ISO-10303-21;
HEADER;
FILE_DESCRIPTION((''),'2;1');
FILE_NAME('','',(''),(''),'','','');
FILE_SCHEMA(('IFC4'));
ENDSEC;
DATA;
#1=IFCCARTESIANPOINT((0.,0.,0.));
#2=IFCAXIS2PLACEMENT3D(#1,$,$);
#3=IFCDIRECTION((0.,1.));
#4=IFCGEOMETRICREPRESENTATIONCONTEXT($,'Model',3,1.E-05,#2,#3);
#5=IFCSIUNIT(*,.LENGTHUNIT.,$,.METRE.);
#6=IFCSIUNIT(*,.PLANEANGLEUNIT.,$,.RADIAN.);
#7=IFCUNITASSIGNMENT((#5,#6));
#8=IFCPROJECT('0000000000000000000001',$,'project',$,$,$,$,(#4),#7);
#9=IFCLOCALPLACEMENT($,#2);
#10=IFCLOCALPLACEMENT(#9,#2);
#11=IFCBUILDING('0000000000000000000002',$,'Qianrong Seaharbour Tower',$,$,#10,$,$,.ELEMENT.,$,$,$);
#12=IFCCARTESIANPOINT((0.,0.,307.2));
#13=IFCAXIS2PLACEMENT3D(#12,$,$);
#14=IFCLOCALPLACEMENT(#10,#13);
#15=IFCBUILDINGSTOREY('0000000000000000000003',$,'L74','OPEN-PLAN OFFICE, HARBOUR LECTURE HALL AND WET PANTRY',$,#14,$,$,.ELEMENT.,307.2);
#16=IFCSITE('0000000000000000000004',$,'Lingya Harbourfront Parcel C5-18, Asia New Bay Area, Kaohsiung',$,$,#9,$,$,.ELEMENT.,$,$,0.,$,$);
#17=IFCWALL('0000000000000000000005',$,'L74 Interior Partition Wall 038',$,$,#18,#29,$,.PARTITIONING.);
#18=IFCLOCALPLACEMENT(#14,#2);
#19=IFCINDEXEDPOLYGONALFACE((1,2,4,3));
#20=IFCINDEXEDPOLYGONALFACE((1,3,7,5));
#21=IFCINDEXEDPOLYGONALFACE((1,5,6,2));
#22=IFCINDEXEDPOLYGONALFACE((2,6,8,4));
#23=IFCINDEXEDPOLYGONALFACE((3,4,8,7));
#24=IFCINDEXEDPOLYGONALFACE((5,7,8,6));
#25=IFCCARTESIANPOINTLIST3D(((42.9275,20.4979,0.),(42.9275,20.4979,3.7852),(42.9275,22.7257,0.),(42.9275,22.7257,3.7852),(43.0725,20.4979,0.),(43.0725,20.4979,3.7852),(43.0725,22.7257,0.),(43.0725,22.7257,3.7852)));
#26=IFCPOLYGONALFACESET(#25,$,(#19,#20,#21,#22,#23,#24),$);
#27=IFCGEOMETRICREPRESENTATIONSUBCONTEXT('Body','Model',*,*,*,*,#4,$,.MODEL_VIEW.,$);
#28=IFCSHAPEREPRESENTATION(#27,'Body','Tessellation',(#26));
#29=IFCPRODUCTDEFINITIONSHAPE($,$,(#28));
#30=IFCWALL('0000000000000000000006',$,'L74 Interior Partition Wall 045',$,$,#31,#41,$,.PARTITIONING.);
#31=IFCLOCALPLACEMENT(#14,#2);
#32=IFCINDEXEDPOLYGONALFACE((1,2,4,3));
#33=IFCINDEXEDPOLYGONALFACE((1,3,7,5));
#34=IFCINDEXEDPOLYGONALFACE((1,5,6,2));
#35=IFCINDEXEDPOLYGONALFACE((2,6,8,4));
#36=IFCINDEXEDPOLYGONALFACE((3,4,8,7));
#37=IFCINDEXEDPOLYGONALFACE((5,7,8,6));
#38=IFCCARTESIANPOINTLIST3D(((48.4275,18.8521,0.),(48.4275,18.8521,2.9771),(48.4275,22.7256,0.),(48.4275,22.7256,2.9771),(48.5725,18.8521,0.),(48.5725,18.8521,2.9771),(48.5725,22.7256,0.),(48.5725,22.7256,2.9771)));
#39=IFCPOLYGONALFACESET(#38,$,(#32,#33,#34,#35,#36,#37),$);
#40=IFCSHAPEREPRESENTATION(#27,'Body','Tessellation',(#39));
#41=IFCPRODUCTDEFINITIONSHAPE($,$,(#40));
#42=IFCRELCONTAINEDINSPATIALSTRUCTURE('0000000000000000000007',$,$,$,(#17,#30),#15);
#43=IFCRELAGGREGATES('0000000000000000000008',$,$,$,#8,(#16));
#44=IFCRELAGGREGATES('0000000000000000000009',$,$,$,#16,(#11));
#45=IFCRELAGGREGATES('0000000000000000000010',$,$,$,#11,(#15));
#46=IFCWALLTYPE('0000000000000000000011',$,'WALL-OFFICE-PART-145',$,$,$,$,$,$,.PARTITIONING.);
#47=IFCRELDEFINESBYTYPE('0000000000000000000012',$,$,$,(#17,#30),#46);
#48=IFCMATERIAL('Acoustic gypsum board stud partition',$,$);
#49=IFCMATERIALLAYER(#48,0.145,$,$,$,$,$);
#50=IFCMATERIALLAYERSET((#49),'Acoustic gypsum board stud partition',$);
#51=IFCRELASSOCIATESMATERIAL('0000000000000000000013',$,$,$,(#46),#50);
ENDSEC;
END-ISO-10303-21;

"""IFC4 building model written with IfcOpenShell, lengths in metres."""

from ifc_helpers import new_model, si_unit, direction, frame, frame_2d, origin, place, context, subcontext, project, spatial, rectangle, extrude, material, layer, layer_set, type_object, element, save


model = new_model("IFC4")

# Units and contexts
model_context = context("Model", 3, precision=1e-05, world=origin(), true_north=direction((0.0, 1.0)))
body_context = subcontext(model_context, "Body", "Model", "MODEL_VIEW")
ifc_project = project(units=[si_unit("LENGTHUNIT", "METRE"), si_unit("PLANEANGLEUNIT", "RADIAN")], contexts=[model_context])

# Site, building, storey
site_placement = place(None, origin())
site = spatial("IfcSite", under=ifc_project, at=site_placement, Name="Lingya Harbourfront Parcel C5-18, Asia New Bay Area, Kaohsiung", CompositionType="ELEMENT", RefElevation=0.0)
building_placement = place(site_placement, origin())
building = spatial("IfcBuilding", under=site, at=building_placement, Name="Qianrong Seaharbour Tower", CompositionType="ELEMENT")
storey_placement = place(building_placement, frame((0.0, 0.0, 307.2)))
storey = spatial("IfcBuildingStorey", under=building, at=storey_placement, Name="L74", Description="OPEN-PLAN OFFICE, HARBOUR LECTURE HALL AND WET PANTRY", CompositionType="ELEMENT", Elevation=307.2)

# Walls
ifc_material_1 = material(Name="Acoustic gypsum board stud partition")
ifc_layer_1 = layer(ifc_material_1, 0.145)
ifc_layer_set_1 = layer_set([ifc_layer_1], Name="Acoustic gypsum board stud partition")
wall_type_1 = type_object("IfcWallType", Name="WALL-OFFICE-PART-145", PredefinedType="PARTITIONING", material=ifc_layer_set_1)
wall_1_placement = place(storey_placement, frame((43.0, 22.7256, 0.0), z_axis=(0.0, 0.0, 1.0), x_axis=(0.0, -1.0, 0.0)))
element("IfcWall", 1, at=wall_1_placement, inside=storey, type_object=wall_type_1, Name="L74 Interior Partition Wall 038", PredefinedType="PARTITIONING", context=body_context, shape_type="SweptSolid", body=[
    extrude(rectangle(XDim=2.2278, YDim=0.145, at=frame_2d((1.1138, 0.0))), origin(), (0.0, 0.0, 1.0), 3.7852),
])
wall_2_placement = place(storey_placement, frame((48.5, 22.7256, 0.0), z_axis=(0.0, 0.0, 1.0), x_axis=(0.0, -1.0, 0.0)))
element("IfcWall", 2, at=wall_2_placement, inside=storey, type_object=wall_type_1, Name="L74 Interior Partition Wall 045", PredefinedType="PARTITIONING", context=body_context, shape_type="SweptSolid", body=[
    extrude(rectangle(XDim=3.8735, YDim=0.145, at=frame_2d((1.9368, 0.0))), origin(), (0.0, 0.0, 1.0), 2.9771),
])

save(model, "model.ifc")
